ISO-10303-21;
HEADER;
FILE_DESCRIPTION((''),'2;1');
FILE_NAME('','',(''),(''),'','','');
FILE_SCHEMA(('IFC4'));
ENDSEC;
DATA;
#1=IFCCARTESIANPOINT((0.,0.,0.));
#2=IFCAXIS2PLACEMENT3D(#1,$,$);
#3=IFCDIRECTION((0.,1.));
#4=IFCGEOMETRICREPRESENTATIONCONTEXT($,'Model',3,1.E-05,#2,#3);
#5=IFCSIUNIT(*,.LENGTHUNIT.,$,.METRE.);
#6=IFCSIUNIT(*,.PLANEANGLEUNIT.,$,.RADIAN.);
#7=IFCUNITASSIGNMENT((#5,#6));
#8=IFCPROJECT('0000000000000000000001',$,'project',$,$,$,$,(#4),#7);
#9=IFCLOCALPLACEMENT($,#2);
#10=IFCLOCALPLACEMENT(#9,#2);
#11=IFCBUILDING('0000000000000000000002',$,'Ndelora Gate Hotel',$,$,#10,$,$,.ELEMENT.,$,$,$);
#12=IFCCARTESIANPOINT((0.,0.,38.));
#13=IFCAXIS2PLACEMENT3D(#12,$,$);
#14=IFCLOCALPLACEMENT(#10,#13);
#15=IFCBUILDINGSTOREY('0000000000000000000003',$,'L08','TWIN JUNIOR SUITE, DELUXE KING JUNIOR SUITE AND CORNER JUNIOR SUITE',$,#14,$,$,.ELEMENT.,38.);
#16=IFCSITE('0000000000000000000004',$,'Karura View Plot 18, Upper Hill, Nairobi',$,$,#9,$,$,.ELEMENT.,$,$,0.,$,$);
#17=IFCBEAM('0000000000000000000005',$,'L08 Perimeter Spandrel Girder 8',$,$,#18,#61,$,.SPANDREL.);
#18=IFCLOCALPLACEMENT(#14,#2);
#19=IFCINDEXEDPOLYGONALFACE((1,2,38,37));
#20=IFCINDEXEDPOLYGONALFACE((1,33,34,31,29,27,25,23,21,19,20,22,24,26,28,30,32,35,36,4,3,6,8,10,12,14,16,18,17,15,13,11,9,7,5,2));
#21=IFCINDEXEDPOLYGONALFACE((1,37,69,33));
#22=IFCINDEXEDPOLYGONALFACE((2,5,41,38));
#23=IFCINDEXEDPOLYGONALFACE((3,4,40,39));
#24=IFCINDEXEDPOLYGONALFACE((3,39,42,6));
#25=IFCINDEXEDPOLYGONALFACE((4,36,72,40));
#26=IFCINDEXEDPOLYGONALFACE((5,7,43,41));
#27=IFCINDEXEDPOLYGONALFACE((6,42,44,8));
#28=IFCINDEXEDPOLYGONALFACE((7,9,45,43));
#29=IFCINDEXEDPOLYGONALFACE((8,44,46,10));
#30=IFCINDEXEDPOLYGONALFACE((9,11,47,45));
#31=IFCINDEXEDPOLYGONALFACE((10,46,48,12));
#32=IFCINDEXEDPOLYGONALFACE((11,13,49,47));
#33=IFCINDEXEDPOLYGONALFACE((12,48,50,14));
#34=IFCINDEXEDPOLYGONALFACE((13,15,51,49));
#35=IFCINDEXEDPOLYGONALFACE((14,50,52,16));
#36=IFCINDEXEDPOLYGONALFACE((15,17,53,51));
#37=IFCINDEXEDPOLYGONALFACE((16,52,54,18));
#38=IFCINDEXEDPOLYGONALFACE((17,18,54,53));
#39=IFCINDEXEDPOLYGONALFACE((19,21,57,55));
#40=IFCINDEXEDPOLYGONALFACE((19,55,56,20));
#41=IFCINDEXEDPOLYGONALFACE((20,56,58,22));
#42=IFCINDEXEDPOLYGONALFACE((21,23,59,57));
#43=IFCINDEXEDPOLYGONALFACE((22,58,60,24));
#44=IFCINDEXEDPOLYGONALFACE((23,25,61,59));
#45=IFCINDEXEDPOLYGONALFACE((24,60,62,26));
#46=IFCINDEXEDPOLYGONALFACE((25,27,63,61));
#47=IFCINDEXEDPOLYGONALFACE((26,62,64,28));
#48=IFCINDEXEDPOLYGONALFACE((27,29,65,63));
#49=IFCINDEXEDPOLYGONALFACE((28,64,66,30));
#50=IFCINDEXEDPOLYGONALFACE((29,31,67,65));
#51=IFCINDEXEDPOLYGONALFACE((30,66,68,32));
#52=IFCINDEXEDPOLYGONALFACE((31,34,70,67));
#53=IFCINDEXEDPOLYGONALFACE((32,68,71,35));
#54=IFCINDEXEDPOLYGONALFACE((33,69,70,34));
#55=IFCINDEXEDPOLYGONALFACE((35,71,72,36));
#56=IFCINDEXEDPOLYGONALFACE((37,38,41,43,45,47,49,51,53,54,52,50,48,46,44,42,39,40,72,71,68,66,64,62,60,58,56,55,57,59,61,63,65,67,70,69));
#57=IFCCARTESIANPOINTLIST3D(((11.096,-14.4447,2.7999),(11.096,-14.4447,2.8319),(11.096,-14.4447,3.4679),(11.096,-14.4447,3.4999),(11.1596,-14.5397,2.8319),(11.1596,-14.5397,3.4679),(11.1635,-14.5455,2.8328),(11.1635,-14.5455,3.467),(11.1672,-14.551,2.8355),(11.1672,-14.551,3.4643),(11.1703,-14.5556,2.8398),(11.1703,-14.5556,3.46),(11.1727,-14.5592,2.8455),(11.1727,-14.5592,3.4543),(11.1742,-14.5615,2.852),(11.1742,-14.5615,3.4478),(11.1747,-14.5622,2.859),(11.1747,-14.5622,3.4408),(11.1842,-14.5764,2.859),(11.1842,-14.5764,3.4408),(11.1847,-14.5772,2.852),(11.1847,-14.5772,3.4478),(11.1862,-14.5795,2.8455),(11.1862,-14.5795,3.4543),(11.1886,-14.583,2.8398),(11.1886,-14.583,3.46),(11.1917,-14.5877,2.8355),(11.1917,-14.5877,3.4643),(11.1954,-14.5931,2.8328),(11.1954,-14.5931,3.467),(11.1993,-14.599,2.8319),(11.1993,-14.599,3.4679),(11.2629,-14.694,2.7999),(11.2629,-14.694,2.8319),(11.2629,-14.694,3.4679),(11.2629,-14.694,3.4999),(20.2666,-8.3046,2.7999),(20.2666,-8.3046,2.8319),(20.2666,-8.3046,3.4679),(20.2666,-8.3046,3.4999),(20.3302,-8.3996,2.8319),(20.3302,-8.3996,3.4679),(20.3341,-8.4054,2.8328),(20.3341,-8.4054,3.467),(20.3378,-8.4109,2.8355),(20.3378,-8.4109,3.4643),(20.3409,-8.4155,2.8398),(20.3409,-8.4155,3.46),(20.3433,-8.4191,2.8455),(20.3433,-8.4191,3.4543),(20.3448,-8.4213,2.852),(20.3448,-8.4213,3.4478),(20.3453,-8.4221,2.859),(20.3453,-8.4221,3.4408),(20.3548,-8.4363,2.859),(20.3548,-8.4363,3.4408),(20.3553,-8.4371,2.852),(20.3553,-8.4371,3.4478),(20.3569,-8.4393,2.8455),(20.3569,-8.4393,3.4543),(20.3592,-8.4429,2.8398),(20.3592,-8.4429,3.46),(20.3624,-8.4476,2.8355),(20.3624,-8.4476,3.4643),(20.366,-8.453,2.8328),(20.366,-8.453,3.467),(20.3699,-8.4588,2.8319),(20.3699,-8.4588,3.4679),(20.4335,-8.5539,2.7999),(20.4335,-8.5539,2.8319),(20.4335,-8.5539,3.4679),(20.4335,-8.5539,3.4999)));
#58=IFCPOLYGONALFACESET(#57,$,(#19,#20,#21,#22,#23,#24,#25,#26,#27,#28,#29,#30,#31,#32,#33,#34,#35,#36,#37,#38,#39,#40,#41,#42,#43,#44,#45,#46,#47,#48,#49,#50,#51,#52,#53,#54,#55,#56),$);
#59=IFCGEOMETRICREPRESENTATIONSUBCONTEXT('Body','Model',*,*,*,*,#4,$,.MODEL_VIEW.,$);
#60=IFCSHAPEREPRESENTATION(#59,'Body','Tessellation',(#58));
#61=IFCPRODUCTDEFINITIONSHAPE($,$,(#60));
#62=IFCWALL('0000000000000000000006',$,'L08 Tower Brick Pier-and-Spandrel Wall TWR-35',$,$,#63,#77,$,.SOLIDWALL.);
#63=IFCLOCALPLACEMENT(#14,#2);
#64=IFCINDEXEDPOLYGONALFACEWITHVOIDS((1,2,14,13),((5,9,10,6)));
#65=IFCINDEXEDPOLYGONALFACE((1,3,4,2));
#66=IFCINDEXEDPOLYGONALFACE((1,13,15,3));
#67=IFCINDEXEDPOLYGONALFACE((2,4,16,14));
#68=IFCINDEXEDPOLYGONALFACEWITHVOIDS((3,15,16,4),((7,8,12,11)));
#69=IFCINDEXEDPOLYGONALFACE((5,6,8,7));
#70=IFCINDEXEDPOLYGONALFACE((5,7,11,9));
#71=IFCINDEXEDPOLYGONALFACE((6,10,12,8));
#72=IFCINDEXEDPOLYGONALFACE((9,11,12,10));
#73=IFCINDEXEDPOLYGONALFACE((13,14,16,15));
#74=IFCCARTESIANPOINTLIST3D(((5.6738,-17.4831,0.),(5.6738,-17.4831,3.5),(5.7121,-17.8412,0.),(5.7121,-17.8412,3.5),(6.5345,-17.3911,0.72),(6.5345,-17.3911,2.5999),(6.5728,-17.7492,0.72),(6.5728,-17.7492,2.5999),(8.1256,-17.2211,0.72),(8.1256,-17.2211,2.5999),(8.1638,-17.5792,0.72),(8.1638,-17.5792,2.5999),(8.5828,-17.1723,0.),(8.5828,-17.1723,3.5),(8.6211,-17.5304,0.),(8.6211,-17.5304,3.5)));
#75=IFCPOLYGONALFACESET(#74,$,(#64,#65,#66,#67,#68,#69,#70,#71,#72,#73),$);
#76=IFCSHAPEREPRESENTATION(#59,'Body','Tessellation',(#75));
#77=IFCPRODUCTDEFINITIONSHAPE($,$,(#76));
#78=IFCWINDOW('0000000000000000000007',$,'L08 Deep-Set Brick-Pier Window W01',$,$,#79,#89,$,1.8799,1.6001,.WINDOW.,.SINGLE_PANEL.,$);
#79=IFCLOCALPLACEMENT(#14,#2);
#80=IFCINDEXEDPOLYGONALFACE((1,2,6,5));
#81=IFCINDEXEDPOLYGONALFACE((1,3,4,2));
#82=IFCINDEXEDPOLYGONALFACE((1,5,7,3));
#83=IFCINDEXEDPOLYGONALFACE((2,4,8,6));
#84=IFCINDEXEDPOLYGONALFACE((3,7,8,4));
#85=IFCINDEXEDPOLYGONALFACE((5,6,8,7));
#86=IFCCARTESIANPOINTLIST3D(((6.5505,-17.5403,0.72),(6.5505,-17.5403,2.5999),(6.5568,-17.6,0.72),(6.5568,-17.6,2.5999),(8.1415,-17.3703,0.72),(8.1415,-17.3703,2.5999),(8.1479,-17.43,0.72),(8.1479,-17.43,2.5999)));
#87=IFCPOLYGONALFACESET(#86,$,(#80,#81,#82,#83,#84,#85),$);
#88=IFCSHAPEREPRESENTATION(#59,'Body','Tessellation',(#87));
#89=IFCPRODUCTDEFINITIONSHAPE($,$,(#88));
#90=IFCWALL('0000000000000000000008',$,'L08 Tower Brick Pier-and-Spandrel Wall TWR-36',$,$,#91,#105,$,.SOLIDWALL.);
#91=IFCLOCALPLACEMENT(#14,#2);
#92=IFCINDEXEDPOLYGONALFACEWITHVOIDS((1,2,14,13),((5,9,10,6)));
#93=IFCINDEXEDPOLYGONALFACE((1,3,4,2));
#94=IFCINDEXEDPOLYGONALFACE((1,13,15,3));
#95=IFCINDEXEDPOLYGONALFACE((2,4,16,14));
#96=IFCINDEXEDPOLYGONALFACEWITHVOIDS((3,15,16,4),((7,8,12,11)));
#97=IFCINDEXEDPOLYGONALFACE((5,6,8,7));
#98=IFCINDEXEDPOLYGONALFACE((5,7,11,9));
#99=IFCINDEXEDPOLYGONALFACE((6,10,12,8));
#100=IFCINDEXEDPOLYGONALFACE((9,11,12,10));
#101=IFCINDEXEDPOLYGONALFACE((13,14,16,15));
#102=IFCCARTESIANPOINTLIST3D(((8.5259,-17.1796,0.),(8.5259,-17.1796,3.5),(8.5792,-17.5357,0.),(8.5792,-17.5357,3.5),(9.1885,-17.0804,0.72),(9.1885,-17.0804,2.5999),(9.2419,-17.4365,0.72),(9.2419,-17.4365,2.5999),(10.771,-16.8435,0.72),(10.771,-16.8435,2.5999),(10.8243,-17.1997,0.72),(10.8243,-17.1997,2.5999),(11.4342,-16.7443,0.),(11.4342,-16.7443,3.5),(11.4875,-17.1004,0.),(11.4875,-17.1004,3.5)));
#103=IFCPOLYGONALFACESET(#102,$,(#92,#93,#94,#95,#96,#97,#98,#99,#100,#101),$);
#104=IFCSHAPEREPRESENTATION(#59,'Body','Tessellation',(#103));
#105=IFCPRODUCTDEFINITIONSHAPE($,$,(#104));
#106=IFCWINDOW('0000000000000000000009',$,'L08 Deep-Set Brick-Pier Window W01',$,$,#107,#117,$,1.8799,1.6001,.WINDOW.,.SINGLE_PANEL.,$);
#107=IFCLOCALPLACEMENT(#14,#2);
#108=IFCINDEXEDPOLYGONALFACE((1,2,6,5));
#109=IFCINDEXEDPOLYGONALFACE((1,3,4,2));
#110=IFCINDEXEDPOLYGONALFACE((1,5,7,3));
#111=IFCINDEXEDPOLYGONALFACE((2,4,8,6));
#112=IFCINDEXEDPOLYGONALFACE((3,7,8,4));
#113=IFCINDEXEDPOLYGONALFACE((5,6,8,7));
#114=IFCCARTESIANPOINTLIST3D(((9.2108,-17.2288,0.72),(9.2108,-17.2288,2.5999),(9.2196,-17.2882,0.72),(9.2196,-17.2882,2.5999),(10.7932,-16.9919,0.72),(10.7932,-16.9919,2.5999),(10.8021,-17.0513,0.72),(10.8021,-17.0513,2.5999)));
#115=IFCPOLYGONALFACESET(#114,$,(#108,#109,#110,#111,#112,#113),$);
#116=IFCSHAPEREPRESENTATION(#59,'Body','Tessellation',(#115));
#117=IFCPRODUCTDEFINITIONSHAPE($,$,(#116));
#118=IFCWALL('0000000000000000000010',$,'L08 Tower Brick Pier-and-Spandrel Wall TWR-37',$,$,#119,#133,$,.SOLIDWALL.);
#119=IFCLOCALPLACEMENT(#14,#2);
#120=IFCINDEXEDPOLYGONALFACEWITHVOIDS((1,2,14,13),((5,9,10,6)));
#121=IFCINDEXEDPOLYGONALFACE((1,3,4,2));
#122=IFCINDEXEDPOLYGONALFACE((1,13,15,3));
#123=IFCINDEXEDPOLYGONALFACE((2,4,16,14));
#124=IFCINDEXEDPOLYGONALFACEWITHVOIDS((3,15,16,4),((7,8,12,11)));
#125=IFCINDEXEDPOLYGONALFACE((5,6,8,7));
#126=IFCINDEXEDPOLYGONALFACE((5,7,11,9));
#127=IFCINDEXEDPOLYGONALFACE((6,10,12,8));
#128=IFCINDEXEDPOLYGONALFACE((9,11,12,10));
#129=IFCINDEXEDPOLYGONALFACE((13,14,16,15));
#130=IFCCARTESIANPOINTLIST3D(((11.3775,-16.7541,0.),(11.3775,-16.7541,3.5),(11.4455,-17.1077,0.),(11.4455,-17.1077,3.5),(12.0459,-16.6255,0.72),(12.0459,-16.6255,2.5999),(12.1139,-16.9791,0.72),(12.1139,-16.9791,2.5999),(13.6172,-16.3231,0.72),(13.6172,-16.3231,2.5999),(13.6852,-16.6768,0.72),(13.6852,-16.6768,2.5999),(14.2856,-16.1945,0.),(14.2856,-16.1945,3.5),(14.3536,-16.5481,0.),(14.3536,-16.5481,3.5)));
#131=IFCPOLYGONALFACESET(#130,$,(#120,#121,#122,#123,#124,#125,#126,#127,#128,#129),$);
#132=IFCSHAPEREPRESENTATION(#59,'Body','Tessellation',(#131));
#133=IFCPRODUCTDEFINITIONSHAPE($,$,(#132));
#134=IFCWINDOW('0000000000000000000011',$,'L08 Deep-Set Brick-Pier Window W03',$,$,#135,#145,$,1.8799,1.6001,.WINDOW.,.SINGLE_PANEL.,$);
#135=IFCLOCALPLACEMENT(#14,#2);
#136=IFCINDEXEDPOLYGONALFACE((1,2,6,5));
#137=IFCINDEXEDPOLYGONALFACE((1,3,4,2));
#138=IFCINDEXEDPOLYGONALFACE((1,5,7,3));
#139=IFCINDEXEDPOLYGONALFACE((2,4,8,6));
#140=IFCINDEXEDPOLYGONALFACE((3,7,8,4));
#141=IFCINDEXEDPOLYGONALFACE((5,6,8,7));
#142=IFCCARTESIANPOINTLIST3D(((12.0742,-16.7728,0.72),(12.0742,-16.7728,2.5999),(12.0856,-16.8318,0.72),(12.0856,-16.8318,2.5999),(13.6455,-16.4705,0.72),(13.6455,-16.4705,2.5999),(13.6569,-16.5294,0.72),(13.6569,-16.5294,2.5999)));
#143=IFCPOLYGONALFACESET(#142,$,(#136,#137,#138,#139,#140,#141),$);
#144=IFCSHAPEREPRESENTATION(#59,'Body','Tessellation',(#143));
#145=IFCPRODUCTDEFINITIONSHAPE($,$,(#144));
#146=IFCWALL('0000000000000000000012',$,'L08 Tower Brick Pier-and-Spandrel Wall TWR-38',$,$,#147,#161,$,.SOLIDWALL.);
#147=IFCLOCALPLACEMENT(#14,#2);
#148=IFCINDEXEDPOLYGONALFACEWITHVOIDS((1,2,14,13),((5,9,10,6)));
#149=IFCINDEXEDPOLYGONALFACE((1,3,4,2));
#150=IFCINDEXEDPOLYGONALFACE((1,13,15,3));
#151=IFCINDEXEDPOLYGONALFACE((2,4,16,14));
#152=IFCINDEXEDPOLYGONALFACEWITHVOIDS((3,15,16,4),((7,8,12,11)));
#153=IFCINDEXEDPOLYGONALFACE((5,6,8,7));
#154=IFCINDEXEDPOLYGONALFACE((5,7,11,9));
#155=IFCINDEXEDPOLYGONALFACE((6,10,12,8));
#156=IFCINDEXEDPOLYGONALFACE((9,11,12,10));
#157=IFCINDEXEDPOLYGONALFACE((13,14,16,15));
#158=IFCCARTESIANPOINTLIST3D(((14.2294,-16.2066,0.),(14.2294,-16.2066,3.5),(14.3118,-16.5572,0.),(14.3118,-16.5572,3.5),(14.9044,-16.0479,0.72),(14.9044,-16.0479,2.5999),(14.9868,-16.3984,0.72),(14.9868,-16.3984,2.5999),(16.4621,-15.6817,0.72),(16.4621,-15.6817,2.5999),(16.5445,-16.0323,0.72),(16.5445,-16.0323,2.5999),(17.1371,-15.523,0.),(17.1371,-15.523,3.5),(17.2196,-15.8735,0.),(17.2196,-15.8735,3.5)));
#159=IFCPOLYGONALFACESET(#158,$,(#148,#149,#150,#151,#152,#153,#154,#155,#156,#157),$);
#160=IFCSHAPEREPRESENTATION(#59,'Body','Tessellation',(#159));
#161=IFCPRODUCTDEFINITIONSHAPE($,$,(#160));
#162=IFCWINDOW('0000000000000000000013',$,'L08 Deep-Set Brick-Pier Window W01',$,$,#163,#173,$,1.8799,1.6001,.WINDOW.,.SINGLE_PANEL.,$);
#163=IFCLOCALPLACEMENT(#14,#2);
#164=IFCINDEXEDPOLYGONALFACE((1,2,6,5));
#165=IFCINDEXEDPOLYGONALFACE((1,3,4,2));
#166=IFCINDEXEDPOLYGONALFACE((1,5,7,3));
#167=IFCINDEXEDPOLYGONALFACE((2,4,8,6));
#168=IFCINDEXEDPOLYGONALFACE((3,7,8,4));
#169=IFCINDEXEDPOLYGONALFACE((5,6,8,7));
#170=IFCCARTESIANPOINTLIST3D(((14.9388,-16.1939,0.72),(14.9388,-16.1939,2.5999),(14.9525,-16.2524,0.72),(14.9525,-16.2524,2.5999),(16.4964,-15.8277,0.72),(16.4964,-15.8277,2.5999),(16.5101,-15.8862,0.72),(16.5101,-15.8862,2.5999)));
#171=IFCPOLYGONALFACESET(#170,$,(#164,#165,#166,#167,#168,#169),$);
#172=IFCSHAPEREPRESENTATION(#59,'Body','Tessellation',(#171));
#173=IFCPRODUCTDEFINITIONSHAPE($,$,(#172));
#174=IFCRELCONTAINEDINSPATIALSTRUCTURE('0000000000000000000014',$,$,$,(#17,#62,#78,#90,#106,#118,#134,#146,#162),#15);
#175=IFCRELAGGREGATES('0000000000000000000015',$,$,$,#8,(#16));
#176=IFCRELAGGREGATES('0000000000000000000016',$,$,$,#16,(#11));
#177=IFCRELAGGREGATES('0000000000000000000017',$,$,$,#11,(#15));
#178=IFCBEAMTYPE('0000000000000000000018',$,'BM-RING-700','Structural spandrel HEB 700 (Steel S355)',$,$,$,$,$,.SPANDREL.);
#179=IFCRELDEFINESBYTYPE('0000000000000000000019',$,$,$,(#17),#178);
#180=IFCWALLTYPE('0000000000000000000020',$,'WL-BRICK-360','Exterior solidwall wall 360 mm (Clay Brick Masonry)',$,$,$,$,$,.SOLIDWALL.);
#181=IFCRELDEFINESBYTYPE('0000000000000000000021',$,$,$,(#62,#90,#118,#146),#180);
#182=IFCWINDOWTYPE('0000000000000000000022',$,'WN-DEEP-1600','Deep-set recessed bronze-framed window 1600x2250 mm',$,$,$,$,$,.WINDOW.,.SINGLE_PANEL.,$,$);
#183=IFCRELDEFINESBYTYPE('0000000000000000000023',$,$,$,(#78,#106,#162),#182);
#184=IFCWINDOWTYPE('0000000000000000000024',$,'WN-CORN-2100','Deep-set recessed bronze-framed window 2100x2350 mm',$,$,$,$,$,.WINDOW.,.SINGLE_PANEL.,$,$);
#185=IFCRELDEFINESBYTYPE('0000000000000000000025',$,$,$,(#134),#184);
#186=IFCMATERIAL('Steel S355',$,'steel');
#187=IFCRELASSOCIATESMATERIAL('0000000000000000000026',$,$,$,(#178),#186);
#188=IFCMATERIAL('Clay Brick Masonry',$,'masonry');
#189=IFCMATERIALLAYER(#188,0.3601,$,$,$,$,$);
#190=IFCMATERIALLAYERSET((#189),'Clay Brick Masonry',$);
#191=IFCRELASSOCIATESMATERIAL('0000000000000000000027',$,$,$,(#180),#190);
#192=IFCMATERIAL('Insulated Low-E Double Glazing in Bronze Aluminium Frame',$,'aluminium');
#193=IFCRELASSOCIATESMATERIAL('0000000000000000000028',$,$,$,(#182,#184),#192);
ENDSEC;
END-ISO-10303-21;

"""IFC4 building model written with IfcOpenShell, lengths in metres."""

from ifc_helpers import new_model, si_unit, direction, frame, frame_2d, origin, origin_2d, place, context, subcontext, project, spatial, rectangle, i_section, extrude, material, layer, layer_set, material_profile, profile_set, type_object, element, fill, save


model = new_model("IFC4")

# Units and contexts
model_context = context("Model", 3, precision=1e-05, world=origin(), true_north=direction((0.0, 1.0)))
body_context = subcontext(model_context, "Body", "Model", "MODEL_VIEW")
ifc_project = project(units=[si_unit("LENGTHUNIT", "METRE"), si_unit("PLANEANGLEUNIT", "RADIAN")], contexts=[model_context])

# Site, building, storey
site_placement = place(None, origin())
site = spatial("IfcSite", under=ifc_project, at=site_placement, Name="Karura View Plot 18, Upper Hill, Nairobi", CompositionType="ELEMENT", RefElevation=0.0)
building_placement = place(site_placement, origin())
building = spatial("IfcBuilding", under=site, at=building_placement, Name="Ndelora Gate Hotel", CompositionType="ELEMENT")
storey_placement = place(building_placement, frame((0.0, 0.0, 38.0)))
storey = spatial("IfcBuildingStorey", under=building, at=storey_placement, Name="L08", Description="TWIN JUNIOR SUITE, DELUXE KING JUNIOR SUITE AND CORNER JUNIOR SUITE", CompositionType="ELEMENT", Elevation=38.0)

# Beam
ifc_material_1 = material(Name="Steel S355", Category="steel")
ifc_material_profile_1 = material_profile(ifc_material_1, i_section(OverallWidth=0.3, OverallDepth=0.7, WebThickness=0.0171, FlangeThickness=0.032, FilletRadius=0.0271, at=origin_2d()), Name="HEB 700")
ifc_profile_set_1 = profile_set([ifc_material_profile_1], Name="Steel S355")
beam_type_1 = type_object("IfcBeamType", Name="BM-RING-700", Description="Structural spandrel HEB 700 (Steel S355)", PredefinedType="SPANDREL", material=ifc_profile_set_1)
beam_1_placement = place(storey_placement, frame((11.1794, -14.5693, 3.1499), z_axis=(0.830946, 0.556353, 0.0), x_axis=(-0.556353, 0.830946, 0.0)))
element("IfcBeam", 1, at=beam_1_placement, inside=storey, type_object=beam_type_1, Name="L08 Perimeter Spandrel Girder 8", PredefinedType="SPANDREL", context=body_context, shape_type="SweptSolid", body=[
    extrude(i_section(OverallWidth=0.3, OverallDepth=0.7, WebThickness=0.0171, FlangeThickness=0.032, FilletRadius=0.0271, at=origin_2d()), origin(), (0.0, 0.0, 1.0), 11.0364),
])

# Walls, openings, windows
ifc_material_2 = material(Name="Clay Brick Masonry", Category="masonry")
ifc_layer_1 = layer(ifc_material_2, 0.3601)
ifc_layer_set_1 = layer_set([ifc_layer_1], Name="Clay Brick Masonry")
wall_type_1 = type_object("IfcWallType", Name="WL-BRICK-360", Description="Exterior solidwall wall 360 mm (Clay Brick Masonry)", PredefinedType="SOLIDWALL", material=ifc_layer_set_1)
wall_1_placement = place(storey_placement, frame((8.6021, -17.3513, 0.0), z_axis=(0.0, 0.0, 1.0), x_axis=(-0.994341, -0.106236, 0.0)))
wall_1 = element("IfcWall", 2, at=wall_1_placement, inside=storey, type_object=wall_type_1, Name="L08 Tower Brick Pier-and-Spandrel Wall TWR-35", PredefinedType="SOLIDWALL", context=body_context, shape_type="SweptSolid", body=[
    extrude(rectangle(XDim=2.9255, YDim=0.3601, at=frame_2d((1.4629, 0.0))), origin(), (0.0, 0.0, 1.0), 3.5),
])
opening_1_placement = place(wall_1_placement, frame((0.46, 0.0, 0.72)))
opening_1 = element("IfcOpeningElement", 3, at=opening_1_placement, cuts=wall_1, PredefinedType="OPENING", context=body_context, shape_type="SweptSolid", body=[
    extrude(rectangle(XDim=1.6001, YDim=1.8799, at=frame_2d((0.8, 0.9399))), frame((0.0, 0.1899, 0.0), z_axis=(0.0, -1.0, 0.0), x_axis=(1.0, 0.0, 0.0)), (0.0, 0.0, 1.0), 0.3801),
])
ifc_material_3 = material(Name="Insulated Low-E Double Glazing in Bronze Aluminium Frame", Category="aluminium")
window_type_1 = type_object("IfcWindowType", Name="WN-DEEP-1600", Description="Deep-set recessed bronze-framed window 1600x2250 mm", PartitioningType="SINGLE_PANEL", PredefinedType="WINDOW", material=ifc_material_3)
window_1_placement = place(opening_1_placement, origin())
window_1 = element("IfcWindow", 4, at=window_1_placement, inside=storey, type_object=window_type_1, Name="L08 Deep-Set Brick-Pier Window W01", OverallHeight=1.8799, OverallWidth=1.6001, PartitioningType="SINGLE_PANEL", PredefinedType="WINDOW", context=body_context, shape_type="SweptSolid", body=[
    extrude(rectangle(XDim=1.6001, YDim=1.8799, at=frame_2d((0.8, 0.9399))), frame((0.0, 0.03, 0.0), z_axis=(0.0, -1.0, 0.0), x_axis=(1.0, 0.0, 0.0)), (0.0, 0.0, 1.0), 0.0601),
])
fill(opening_1, window_1)
wall_2_placement = place(storey_placement, frame((11.4607, -16.9224, 0.0), z_axis=(0.0, 0.0, 1.0), x_axis=(-0.988983, -0.148032, 0.0)))
wall_2 = element("IfcWall", 5, at=wall_2_placement, inside=storey, type_object=wall_type_1, Name="L08 Tower Brick Pier-and-Spandrel Wall TWR-36", PredefinedType="SOLIDWALL", context=body_context, shape_type="SweptSolid", body=[
    extrude(rectangle(XDim=2.9407, YDim=0.3601, at=frame_2d((1.4702, 0.0))), origin(), (0.0, 0.0, 1.0), 3.5),
])
opening_2_placement = place(wall_2_placement, frame((0.6704, 0.0, 0.72)))
opening_2 = element("IfcOpeningElement", 6, at=opening_2_placement, cuts=wall_2, PredefinedType="OPENING", context=body_context, shape_type="SweptSolid", body=[
    extrude(rectangle(XDim=1.6001, YDim=1.8799, at=frame_2d((0.8, 0.9399))), frame((0.0, 0.1899, 0.0), z_axis=(0.0, -1.0, 0.0), x_axis=(1.0, 0.0, 0.0)), (0.0, 0.0, 1.0), 0.3801),
])
window_2_placement = place(opening_2_placement, origin())
window_2 = element("IfcWindow", 7, at=window_2_placement, inside=storey, type_object=window_type_1, Name="L08 Deep-Set Brick-Pier Window W01", OverallHeight=1.8799, OverallWidth=1.6001, PartitioningType="SINGLE_PANEL", PredefinedType="WINDOW", context=body_context, shape_type="SweptSolid", body=[
    extrude(rectangle(XDim=1.6001, YDim=1.8799, at=frame_2d((0.8, 0.9399))), frame((0.0, 0.03, 0.0), z_axis=(0.0, -1.0, 0.0), x_axis=(1.0, 0.0, 0.0)), (0.0, 0.0, 1.0), 0.0601),
])
fill(opening_2, window_2)
wall_3_placement = place(storey_placement, frame((14.3196, -16.3713, 0.0), z_axis=(0.0, 0.0, 1.0), x_axis=(-0.981985, -0.188961, 0.0)))
wall_3 = element("IfcWall", 8, at=wall_3_placement, inside=storey, type_object=wall_type_1, Name="L08 Tower Brick Pier-and-Spandrel Wall TWR-37", PredefinedType="SOLIDWALL", context=body_context, shape_type="SweptSolid", body=[
    extrude(rectangle(XDim=2.9614, YDim=0.3601, at=frame_2d((1.4807, 0.0))), origin(), (0.0, 0.0, 1.0), 3.5),
])
opening_3_placement = place(wall_3_placement, frame((0.6807, 0.0, 0.72)))
opening_3 = element("IfcOpeningElement", 9, at=opening_3_placement, cuts=wall_3, PredefinedType="OPENING", context=body_context, shape_type="SweptSolid", body=[
    extrude(rectangle(XDim=1.6001, YDim=1.8799, at=frame_2d((0.8, 0.9399))), frame((0.0, 0.1899, 0.0), z_axis=(0.0, -1.0, 0.0), x_axis=(1.0, 0.0, 0.0)), (0.0, 0.0, 1.0), 0.3801),
])
window_type_2 = type_object("IfcWindowType", Name="WN-CORN-2100", Description="Deep-set recessed bronze-framed window 2100x2350 mm", PartitioningType="SINGLE_PANEL", PredefinedType="WINDOW", material=ifc_material_3)
window_3_placement = place(opening_3_placement, origin())
window_3 = element("IfcWindow", 10, at=window_3_placement, inside=storey, type_object=window_type_2, Name="L08 Deep-Set Brick-Pier Window W03", OverallHeight=1.8799, OverallWidth=1.6001, PartitioningType="SINGLE_PANEL", PredefinedType="WINDOW", context=body_context, shape_type="SweptSolid", body=[
    extrude(rectangle(XDim=1.6001, YDim=1.8799, at=frame_2d((0.8, 0.9399))), frame((0.0, 0.03, 0.0), z_axis=(0.0, -1.0, 0.0), x_axis=(1.0, 0.0, 0.0)), (0.0, 0.0, 1.0), 0.0601),
])
fill(opening_3, window_3)
wall_4_placement = place(storey_placement, frame((17.1785, -15.6982, 0.0), z_axis=(0.0, 0.0, 1.0), x_axis=(-0.97346, -0.228857, 0.0)))
wall_4 = element("IfcWall", 11, at=wall_4_placement, inside=storey, type_object=wall_type_1, Name="L08 Tower Brick Pier-and-Spandrel Wall TWR-38", PredefinedType="SOLIDWALL", context=body_context, shape_type="SweptSolid", body=[
    extrude(rectangle(XDim=2.9871, YDim=0.3601, at=frame_2d((1.4937, 0.0))), origin(), (0.0, 0.0, 1.0), 3.5),
])
opening_4_placement = place(wall_4_placement, frame((0.6936, 0.0, 0.72)))
opening_4 = element("IfcOpeningElement", 12, at=opening_4_placement, cuts=wall_4, PredefinedType="OPENING", context=body_context, shape_type="SweptSolid", body=[
    extrude(rectangle(XDim=1.6001, YDim=1.8799, at=frame_2d((0.8, 0.9399))), frame((0.0, 0.1899, 0.0), z_axis=(0.0, -1.0, 0.0), x_axis=(1.0, 0.0, 0.0)), (0.0, 0.0, 1.0), 0.3801),
])
window_4_placement = place(opening_4_placement, origin())
window_4 = element("IfcWindow", 13, at=window_4_placement, inside=storey, type_object=window_type_1, Name="L08 Deep-Set Brick-Pier Window W01", OverallHeight=1.8799, OverallWidth=1.6001, PartitioningType="SINGLE_PANEL", PredefinedType="WINDOW", context=body_context, shape_type="SweptSolid", body=[
    extrude(rectangle(XDim=1.6001, YDim=1.8799, at=frame_2d((0.8, 0.9399))), frame((0.0, 0.03, 0.0), z_axis=(0.0, -1.0, 0.0), x_axis=(1.0, 0.0, 0.0)), (0.0, 0.0, 1.0), 0.0601),
])
fill(opening_4, window_4)

save(model, "model.ifc")
